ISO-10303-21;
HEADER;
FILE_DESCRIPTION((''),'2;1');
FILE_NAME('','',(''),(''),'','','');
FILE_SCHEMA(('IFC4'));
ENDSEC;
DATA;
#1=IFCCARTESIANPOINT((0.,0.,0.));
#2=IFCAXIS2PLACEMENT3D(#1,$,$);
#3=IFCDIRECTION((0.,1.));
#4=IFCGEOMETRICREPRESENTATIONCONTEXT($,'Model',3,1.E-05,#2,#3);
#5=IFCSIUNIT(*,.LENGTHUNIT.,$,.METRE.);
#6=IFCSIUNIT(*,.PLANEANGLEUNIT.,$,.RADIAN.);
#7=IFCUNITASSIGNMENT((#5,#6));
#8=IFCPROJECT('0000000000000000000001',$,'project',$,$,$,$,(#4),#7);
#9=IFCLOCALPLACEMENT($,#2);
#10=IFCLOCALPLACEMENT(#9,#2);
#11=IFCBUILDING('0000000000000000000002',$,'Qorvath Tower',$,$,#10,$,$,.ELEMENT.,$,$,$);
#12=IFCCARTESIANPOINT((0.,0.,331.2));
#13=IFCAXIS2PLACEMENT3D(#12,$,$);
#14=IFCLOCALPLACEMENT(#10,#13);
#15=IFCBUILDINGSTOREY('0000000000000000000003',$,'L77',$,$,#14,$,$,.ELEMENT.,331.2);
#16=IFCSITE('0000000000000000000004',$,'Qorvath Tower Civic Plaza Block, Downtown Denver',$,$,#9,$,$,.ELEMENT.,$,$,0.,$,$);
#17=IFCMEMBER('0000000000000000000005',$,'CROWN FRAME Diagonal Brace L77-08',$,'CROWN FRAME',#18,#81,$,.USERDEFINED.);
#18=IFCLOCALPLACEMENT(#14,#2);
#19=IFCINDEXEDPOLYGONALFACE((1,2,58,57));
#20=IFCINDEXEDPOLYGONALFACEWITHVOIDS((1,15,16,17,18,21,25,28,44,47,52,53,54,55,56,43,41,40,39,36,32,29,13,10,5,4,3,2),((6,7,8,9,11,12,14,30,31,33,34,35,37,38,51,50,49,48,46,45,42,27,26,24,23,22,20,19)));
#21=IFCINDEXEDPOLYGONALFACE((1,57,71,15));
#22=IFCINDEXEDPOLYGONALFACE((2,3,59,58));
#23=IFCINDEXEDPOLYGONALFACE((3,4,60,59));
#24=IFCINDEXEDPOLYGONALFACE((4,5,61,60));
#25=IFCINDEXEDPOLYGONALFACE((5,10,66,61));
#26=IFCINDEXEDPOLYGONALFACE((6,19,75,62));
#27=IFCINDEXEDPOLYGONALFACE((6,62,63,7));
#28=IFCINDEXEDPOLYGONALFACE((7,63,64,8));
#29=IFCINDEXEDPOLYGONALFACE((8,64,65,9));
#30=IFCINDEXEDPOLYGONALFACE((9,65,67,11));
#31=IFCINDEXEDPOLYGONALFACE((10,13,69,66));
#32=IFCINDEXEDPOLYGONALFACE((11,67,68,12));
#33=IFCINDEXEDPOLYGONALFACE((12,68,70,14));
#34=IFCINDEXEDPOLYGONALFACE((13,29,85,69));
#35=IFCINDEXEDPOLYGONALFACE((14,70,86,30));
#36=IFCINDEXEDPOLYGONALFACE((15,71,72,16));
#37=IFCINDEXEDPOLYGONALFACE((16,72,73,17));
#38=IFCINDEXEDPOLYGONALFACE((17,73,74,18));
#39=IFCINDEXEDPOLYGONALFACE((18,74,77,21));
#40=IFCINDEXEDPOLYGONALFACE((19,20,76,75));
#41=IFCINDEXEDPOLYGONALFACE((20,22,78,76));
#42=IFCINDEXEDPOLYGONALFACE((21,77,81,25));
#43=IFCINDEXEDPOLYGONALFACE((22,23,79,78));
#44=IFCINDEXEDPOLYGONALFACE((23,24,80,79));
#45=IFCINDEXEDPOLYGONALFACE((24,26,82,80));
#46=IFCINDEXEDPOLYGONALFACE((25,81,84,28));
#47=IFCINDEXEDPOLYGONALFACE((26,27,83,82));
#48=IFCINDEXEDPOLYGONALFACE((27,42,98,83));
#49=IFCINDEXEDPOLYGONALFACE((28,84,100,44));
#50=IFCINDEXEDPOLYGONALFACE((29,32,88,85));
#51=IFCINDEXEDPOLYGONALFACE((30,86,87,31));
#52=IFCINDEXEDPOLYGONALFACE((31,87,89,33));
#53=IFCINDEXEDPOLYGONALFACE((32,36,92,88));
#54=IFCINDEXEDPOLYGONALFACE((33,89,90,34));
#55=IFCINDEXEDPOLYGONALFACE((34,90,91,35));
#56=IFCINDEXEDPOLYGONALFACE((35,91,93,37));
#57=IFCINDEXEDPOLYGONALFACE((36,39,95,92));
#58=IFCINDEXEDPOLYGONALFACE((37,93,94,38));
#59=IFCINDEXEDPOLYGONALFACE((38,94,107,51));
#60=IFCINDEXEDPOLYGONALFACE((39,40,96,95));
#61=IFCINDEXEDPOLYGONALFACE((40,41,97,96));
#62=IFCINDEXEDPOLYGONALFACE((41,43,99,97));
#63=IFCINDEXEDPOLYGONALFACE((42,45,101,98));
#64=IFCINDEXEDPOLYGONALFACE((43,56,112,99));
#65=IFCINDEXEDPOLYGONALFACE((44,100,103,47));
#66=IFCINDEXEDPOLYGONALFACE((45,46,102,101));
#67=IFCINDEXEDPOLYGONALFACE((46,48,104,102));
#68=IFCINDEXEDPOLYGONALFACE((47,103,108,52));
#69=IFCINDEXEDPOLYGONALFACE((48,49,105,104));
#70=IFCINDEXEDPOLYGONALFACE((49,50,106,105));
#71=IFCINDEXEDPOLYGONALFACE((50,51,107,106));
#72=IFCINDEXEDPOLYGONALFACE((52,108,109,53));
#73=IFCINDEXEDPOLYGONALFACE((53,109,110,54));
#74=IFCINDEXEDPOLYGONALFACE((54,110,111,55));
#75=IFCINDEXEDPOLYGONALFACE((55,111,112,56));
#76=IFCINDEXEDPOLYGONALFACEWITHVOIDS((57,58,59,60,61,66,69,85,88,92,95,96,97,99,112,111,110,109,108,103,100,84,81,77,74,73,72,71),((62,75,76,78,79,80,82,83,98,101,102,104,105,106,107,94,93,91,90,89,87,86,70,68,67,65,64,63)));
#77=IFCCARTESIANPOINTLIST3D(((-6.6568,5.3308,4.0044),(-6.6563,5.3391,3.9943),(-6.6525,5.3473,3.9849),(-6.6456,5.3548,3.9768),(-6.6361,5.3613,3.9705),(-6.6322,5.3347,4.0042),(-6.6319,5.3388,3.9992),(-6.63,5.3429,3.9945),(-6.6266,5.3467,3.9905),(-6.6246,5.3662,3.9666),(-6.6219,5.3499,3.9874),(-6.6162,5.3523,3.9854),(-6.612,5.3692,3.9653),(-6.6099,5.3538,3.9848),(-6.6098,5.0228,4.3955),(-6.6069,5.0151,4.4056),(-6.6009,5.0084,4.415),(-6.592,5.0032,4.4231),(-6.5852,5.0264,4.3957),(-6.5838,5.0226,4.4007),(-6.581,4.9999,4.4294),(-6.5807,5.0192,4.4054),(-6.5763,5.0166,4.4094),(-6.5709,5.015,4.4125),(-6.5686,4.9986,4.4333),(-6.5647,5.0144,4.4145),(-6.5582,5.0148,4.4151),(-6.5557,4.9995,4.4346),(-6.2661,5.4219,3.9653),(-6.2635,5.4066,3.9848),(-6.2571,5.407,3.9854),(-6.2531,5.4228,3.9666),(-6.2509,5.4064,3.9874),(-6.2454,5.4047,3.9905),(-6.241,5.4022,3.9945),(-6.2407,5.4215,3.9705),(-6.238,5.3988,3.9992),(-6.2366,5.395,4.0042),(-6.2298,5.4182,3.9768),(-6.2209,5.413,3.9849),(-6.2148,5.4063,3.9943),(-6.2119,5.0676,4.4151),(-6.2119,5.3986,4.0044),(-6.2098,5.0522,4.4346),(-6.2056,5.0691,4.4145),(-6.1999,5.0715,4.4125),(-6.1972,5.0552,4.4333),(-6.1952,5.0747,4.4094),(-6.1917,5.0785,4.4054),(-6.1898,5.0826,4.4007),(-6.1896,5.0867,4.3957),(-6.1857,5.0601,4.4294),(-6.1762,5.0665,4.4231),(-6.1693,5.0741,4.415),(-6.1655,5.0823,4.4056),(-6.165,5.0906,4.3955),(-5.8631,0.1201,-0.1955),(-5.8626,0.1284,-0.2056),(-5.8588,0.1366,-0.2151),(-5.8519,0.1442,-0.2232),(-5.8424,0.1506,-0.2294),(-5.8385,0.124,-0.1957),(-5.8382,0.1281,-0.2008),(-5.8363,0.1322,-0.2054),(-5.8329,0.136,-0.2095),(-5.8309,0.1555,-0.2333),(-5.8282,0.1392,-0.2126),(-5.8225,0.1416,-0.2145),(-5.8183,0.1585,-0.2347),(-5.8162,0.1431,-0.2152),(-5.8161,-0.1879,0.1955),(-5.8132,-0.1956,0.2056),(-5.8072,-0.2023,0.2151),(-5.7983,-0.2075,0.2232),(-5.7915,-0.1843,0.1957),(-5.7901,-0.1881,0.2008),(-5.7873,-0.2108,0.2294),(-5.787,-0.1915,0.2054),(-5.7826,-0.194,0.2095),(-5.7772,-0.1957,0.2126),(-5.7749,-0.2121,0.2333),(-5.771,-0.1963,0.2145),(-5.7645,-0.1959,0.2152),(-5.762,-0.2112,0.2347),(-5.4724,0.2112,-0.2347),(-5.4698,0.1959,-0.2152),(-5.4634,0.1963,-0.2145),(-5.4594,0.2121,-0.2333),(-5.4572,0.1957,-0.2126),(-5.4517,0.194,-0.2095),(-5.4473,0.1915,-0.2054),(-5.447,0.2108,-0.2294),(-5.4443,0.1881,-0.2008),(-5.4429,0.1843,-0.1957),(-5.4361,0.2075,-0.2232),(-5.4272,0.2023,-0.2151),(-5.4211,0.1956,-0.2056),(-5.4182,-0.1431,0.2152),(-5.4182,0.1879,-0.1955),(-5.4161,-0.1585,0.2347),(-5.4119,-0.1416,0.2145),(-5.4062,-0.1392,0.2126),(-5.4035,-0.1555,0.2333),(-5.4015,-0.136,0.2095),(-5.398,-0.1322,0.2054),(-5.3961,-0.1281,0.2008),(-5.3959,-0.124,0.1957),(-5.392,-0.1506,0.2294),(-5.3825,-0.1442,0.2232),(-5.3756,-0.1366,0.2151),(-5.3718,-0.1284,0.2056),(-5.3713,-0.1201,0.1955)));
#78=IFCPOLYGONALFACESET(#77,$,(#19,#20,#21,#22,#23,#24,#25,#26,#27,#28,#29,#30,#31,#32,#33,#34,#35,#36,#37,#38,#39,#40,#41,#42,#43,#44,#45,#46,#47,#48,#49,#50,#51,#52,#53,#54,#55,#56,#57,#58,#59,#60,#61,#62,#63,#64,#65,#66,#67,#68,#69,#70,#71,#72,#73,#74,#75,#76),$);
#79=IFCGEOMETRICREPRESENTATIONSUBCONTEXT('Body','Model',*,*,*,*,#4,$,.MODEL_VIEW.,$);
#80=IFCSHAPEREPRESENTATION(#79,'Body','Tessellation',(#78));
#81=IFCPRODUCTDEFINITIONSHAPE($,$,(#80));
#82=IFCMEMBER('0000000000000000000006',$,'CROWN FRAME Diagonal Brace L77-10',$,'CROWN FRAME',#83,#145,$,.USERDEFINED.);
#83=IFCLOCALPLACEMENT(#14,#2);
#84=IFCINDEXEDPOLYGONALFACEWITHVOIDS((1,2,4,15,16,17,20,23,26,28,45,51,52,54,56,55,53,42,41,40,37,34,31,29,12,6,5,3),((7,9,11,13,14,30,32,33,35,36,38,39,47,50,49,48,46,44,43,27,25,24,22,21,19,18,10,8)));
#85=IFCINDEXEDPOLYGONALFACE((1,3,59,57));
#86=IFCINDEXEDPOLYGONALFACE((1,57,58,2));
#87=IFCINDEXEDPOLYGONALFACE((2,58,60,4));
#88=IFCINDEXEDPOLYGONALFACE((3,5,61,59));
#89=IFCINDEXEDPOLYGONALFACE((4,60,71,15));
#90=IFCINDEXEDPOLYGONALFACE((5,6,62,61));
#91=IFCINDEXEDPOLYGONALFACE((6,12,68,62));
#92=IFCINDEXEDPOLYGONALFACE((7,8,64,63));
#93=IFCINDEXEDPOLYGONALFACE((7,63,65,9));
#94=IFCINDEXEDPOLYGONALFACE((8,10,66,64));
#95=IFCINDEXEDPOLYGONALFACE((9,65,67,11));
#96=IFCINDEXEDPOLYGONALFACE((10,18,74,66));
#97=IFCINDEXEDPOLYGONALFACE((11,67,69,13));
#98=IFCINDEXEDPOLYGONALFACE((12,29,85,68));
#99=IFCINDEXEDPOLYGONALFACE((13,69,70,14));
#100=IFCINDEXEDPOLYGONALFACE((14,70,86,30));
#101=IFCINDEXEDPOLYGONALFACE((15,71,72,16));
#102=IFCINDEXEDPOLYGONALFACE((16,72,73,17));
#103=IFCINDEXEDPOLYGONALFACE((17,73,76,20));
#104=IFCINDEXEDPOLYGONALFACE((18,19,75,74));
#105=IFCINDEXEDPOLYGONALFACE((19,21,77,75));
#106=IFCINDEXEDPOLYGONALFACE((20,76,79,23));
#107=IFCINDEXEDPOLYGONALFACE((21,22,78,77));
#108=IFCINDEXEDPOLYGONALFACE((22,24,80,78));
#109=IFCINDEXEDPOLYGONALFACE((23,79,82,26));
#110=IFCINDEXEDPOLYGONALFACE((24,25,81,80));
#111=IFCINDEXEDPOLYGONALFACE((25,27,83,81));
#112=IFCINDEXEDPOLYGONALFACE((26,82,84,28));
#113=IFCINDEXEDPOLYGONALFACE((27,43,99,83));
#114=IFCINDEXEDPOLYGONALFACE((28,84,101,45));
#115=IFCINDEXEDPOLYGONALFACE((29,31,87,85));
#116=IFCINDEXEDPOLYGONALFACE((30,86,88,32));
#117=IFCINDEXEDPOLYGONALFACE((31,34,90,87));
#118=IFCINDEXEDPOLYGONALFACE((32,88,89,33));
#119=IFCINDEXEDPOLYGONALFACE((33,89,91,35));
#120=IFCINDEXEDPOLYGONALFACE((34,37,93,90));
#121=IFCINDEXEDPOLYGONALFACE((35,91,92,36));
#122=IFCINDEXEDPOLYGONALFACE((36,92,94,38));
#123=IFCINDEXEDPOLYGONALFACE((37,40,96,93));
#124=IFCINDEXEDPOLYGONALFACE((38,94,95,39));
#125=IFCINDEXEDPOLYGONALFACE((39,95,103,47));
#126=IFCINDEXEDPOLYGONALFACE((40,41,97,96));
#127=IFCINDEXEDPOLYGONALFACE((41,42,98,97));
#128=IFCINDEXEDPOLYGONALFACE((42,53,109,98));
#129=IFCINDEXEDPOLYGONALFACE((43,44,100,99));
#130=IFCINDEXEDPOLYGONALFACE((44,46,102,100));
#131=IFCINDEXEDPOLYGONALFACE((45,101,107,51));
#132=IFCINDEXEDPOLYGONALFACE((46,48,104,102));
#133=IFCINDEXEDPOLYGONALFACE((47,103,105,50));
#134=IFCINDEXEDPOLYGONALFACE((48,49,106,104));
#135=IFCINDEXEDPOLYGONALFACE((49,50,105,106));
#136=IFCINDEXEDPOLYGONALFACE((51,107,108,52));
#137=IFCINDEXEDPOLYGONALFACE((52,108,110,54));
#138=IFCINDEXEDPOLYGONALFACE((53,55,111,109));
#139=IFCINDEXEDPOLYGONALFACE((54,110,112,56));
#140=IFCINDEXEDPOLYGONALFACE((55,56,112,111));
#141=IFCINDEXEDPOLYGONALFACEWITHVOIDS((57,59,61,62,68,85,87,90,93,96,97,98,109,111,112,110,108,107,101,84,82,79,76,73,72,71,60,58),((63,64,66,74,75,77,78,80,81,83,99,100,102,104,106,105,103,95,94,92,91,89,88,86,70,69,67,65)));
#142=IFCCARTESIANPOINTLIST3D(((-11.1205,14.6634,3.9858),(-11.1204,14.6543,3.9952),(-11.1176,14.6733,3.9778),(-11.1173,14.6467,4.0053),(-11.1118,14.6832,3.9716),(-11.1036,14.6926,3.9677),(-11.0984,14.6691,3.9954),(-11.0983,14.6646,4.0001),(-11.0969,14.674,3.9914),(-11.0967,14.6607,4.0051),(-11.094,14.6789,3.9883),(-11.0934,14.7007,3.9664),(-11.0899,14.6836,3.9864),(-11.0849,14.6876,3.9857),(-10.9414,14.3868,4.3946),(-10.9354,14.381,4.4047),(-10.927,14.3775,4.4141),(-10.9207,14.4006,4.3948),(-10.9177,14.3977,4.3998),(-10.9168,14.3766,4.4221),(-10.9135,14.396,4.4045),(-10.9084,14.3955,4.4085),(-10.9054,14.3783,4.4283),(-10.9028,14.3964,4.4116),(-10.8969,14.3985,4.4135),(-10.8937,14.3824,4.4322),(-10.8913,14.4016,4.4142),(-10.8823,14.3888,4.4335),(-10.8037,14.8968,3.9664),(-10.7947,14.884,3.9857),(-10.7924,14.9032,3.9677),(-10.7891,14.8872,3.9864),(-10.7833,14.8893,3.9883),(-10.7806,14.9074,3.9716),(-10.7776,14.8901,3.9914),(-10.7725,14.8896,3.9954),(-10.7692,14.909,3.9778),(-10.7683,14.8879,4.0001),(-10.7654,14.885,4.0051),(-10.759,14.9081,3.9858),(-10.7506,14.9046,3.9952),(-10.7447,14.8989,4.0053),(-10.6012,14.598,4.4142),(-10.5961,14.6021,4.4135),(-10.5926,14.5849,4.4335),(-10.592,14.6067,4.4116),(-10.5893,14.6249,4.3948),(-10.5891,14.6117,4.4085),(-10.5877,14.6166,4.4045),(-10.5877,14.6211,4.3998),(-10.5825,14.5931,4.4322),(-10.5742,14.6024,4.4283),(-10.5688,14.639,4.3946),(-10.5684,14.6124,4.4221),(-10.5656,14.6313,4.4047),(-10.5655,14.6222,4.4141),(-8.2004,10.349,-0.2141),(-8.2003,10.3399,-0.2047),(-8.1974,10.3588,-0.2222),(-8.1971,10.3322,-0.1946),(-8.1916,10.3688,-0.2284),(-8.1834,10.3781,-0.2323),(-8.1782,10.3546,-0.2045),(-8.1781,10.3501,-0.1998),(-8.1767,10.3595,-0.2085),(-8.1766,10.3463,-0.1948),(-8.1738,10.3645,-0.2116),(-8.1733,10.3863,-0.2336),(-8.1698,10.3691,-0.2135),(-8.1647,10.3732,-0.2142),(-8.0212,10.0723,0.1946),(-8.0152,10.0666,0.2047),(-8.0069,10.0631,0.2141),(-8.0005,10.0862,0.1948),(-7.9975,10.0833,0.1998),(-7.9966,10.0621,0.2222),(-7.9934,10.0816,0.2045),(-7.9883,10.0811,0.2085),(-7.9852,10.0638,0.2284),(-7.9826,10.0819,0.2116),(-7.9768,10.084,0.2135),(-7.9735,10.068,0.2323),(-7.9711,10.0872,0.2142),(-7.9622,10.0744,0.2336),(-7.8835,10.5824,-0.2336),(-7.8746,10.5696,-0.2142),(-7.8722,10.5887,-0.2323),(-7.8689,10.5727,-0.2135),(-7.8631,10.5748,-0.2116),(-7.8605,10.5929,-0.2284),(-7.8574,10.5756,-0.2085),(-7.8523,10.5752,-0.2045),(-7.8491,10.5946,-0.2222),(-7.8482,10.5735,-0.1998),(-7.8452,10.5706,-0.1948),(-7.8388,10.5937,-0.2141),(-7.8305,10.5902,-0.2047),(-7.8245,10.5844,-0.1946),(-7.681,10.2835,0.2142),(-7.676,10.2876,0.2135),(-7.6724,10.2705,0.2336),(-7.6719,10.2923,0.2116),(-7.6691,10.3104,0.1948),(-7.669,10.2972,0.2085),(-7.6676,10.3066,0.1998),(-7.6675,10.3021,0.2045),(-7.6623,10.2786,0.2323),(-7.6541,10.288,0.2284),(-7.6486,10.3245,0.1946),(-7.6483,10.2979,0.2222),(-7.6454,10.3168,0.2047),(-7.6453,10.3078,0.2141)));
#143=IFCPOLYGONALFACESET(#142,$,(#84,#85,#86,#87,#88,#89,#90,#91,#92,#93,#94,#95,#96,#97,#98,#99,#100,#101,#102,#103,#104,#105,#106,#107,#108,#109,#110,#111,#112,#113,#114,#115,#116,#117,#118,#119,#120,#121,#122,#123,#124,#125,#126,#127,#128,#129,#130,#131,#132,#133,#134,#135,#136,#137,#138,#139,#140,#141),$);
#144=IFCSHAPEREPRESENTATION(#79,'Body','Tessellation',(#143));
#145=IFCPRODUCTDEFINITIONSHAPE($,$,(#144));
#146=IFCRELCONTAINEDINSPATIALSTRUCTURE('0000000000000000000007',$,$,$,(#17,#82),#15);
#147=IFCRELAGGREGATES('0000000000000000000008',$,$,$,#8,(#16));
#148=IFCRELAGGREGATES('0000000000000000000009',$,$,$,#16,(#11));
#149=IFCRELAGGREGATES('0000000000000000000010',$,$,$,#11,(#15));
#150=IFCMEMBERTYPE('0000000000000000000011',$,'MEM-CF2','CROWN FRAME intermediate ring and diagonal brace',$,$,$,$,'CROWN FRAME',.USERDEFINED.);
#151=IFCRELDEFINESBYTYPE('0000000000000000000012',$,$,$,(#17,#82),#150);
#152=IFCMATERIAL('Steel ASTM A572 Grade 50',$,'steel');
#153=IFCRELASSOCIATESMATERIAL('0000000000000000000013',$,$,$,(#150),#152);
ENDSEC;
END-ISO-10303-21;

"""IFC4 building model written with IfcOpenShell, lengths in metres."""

from ifc_helpers import new_model, si_unit, direction, frame, origin, origin_2d, place, context, subcontext, project, spatial, hollow_rectangle, extrude, material, material_profile, profile_set, type_object, element, save


model = new_model("IFC4")

# Units and contexts
model_context = context("Model", 3, precision=1e-05, world=origin(), true_north=direction((0.0, 1.0)))
body_context = subcontext(model_context, "Body", "Model", "MODEL_VIEW")
ifc_project = project(units=[si_unit("LENGTHUNIT", "METRE"), si_unit("PLANEANGLEUNIT", "RADIAN")], contexts=[model_context])

# Site, building, storey
site_placement = place(None, origin())
site = spatial("IfcSite", under=ifc_project, at=site_placement, Name="Qorvath Tower Civic Plaza Block, Downtown Denver", CompositionType="ELEMENT", RefElevation=0.0)
building_placement = place(site_placement, origin())
building = spatial("IfcBuilding", under=site, at=building_placement, Name="Qorvath Tower", CompositionType="ELEMENT")
storey_placement = place(building_placement, frame((0.0, 0.0, 331.2)))
storey = spatial("IfcBuildingStorey", under=building, at=storey_placement, Name="L77", CompositionType="ELEMENT", Elevation=331.2)

# Members
ifc_material_1 = material(Name="Steel ASTM A572 Grade 50", Category="steel")
ifc_material_profile_1 = material_profile(ifc_material_1, hollow_rectangle(XDim=0.45, YDim=0.6001, WallThickness=0.0249, InnerFilletRadius=0.0249, OuterFilletRadius=0.05, at=origin_2d()), Name="CROWN BOX 600x450x25")
ifc_profile_set_1 = profile_set([ifc_material_profile_1], Name="Steel ASTM A572 Grade 50")
member_type_1 = type_object("IfcMemberType", Name="MEM-CF2", Description="CROWN FRAME intermediate ring and diagonal brace", ElementType="CROWN FRAME", PredefinedType="USERDEFINED", material=ifc_profile_set_1)
member_1_placement = place(storey_placement, frame((-5.6172, 0.0, 0.0), z_axis=(-0.117769, 0.773157, 0.623184), x_axis=(-0.988597, -0.150585, 0.0)))
element("IfcMember", 1, at=member_1_placement, inside=storey, type_object=member_type_1, Name="CROWN FRAME Diagonal Brace L77-08", ObjectType="CROWN FRAME", PredefinedType="USERDEFINED", context=body_context, shape_type="SweptSolid", body=[
    extrude(hollow_rectangle(XDim=0.45, YDim=0.6001, WallThickness=0.0249, InnerFilletRadius=0.0249, OuterFilletRadius=0.05, at=origin_2d()), origin(), (0.0, 0.0, 1.0), 6.7395),
])
member_2_placement = place(storey_placement, frame((-7.9229, 10.3284, 0.0), z_axis=(-0.436374, 0.644728, 0.627618), x_axis=(-0.828144, -0.560515, 0.0)))
element("IfcMember", 2, at=member_2_placement, inside=storey, type_object=member_type_1, Name="CROWN FRAME Diagonal Brace L77-10", ObjectType="CROWN FRAME", PredefinedType="USERDEFINED", context=body_context, shape_type="SweptSolid", body=[
    extrude(hollow_rectangle(XDim=0.45, YDim=0.6001, WallThickness=0.0249, InnerFilletRadius=0.0249, OuterFilletRadius=0.05, at=origin_2d()), origin(), (0.0, 0.0, 1.0), 6.6919),
])

save(model, "model.ifc")
